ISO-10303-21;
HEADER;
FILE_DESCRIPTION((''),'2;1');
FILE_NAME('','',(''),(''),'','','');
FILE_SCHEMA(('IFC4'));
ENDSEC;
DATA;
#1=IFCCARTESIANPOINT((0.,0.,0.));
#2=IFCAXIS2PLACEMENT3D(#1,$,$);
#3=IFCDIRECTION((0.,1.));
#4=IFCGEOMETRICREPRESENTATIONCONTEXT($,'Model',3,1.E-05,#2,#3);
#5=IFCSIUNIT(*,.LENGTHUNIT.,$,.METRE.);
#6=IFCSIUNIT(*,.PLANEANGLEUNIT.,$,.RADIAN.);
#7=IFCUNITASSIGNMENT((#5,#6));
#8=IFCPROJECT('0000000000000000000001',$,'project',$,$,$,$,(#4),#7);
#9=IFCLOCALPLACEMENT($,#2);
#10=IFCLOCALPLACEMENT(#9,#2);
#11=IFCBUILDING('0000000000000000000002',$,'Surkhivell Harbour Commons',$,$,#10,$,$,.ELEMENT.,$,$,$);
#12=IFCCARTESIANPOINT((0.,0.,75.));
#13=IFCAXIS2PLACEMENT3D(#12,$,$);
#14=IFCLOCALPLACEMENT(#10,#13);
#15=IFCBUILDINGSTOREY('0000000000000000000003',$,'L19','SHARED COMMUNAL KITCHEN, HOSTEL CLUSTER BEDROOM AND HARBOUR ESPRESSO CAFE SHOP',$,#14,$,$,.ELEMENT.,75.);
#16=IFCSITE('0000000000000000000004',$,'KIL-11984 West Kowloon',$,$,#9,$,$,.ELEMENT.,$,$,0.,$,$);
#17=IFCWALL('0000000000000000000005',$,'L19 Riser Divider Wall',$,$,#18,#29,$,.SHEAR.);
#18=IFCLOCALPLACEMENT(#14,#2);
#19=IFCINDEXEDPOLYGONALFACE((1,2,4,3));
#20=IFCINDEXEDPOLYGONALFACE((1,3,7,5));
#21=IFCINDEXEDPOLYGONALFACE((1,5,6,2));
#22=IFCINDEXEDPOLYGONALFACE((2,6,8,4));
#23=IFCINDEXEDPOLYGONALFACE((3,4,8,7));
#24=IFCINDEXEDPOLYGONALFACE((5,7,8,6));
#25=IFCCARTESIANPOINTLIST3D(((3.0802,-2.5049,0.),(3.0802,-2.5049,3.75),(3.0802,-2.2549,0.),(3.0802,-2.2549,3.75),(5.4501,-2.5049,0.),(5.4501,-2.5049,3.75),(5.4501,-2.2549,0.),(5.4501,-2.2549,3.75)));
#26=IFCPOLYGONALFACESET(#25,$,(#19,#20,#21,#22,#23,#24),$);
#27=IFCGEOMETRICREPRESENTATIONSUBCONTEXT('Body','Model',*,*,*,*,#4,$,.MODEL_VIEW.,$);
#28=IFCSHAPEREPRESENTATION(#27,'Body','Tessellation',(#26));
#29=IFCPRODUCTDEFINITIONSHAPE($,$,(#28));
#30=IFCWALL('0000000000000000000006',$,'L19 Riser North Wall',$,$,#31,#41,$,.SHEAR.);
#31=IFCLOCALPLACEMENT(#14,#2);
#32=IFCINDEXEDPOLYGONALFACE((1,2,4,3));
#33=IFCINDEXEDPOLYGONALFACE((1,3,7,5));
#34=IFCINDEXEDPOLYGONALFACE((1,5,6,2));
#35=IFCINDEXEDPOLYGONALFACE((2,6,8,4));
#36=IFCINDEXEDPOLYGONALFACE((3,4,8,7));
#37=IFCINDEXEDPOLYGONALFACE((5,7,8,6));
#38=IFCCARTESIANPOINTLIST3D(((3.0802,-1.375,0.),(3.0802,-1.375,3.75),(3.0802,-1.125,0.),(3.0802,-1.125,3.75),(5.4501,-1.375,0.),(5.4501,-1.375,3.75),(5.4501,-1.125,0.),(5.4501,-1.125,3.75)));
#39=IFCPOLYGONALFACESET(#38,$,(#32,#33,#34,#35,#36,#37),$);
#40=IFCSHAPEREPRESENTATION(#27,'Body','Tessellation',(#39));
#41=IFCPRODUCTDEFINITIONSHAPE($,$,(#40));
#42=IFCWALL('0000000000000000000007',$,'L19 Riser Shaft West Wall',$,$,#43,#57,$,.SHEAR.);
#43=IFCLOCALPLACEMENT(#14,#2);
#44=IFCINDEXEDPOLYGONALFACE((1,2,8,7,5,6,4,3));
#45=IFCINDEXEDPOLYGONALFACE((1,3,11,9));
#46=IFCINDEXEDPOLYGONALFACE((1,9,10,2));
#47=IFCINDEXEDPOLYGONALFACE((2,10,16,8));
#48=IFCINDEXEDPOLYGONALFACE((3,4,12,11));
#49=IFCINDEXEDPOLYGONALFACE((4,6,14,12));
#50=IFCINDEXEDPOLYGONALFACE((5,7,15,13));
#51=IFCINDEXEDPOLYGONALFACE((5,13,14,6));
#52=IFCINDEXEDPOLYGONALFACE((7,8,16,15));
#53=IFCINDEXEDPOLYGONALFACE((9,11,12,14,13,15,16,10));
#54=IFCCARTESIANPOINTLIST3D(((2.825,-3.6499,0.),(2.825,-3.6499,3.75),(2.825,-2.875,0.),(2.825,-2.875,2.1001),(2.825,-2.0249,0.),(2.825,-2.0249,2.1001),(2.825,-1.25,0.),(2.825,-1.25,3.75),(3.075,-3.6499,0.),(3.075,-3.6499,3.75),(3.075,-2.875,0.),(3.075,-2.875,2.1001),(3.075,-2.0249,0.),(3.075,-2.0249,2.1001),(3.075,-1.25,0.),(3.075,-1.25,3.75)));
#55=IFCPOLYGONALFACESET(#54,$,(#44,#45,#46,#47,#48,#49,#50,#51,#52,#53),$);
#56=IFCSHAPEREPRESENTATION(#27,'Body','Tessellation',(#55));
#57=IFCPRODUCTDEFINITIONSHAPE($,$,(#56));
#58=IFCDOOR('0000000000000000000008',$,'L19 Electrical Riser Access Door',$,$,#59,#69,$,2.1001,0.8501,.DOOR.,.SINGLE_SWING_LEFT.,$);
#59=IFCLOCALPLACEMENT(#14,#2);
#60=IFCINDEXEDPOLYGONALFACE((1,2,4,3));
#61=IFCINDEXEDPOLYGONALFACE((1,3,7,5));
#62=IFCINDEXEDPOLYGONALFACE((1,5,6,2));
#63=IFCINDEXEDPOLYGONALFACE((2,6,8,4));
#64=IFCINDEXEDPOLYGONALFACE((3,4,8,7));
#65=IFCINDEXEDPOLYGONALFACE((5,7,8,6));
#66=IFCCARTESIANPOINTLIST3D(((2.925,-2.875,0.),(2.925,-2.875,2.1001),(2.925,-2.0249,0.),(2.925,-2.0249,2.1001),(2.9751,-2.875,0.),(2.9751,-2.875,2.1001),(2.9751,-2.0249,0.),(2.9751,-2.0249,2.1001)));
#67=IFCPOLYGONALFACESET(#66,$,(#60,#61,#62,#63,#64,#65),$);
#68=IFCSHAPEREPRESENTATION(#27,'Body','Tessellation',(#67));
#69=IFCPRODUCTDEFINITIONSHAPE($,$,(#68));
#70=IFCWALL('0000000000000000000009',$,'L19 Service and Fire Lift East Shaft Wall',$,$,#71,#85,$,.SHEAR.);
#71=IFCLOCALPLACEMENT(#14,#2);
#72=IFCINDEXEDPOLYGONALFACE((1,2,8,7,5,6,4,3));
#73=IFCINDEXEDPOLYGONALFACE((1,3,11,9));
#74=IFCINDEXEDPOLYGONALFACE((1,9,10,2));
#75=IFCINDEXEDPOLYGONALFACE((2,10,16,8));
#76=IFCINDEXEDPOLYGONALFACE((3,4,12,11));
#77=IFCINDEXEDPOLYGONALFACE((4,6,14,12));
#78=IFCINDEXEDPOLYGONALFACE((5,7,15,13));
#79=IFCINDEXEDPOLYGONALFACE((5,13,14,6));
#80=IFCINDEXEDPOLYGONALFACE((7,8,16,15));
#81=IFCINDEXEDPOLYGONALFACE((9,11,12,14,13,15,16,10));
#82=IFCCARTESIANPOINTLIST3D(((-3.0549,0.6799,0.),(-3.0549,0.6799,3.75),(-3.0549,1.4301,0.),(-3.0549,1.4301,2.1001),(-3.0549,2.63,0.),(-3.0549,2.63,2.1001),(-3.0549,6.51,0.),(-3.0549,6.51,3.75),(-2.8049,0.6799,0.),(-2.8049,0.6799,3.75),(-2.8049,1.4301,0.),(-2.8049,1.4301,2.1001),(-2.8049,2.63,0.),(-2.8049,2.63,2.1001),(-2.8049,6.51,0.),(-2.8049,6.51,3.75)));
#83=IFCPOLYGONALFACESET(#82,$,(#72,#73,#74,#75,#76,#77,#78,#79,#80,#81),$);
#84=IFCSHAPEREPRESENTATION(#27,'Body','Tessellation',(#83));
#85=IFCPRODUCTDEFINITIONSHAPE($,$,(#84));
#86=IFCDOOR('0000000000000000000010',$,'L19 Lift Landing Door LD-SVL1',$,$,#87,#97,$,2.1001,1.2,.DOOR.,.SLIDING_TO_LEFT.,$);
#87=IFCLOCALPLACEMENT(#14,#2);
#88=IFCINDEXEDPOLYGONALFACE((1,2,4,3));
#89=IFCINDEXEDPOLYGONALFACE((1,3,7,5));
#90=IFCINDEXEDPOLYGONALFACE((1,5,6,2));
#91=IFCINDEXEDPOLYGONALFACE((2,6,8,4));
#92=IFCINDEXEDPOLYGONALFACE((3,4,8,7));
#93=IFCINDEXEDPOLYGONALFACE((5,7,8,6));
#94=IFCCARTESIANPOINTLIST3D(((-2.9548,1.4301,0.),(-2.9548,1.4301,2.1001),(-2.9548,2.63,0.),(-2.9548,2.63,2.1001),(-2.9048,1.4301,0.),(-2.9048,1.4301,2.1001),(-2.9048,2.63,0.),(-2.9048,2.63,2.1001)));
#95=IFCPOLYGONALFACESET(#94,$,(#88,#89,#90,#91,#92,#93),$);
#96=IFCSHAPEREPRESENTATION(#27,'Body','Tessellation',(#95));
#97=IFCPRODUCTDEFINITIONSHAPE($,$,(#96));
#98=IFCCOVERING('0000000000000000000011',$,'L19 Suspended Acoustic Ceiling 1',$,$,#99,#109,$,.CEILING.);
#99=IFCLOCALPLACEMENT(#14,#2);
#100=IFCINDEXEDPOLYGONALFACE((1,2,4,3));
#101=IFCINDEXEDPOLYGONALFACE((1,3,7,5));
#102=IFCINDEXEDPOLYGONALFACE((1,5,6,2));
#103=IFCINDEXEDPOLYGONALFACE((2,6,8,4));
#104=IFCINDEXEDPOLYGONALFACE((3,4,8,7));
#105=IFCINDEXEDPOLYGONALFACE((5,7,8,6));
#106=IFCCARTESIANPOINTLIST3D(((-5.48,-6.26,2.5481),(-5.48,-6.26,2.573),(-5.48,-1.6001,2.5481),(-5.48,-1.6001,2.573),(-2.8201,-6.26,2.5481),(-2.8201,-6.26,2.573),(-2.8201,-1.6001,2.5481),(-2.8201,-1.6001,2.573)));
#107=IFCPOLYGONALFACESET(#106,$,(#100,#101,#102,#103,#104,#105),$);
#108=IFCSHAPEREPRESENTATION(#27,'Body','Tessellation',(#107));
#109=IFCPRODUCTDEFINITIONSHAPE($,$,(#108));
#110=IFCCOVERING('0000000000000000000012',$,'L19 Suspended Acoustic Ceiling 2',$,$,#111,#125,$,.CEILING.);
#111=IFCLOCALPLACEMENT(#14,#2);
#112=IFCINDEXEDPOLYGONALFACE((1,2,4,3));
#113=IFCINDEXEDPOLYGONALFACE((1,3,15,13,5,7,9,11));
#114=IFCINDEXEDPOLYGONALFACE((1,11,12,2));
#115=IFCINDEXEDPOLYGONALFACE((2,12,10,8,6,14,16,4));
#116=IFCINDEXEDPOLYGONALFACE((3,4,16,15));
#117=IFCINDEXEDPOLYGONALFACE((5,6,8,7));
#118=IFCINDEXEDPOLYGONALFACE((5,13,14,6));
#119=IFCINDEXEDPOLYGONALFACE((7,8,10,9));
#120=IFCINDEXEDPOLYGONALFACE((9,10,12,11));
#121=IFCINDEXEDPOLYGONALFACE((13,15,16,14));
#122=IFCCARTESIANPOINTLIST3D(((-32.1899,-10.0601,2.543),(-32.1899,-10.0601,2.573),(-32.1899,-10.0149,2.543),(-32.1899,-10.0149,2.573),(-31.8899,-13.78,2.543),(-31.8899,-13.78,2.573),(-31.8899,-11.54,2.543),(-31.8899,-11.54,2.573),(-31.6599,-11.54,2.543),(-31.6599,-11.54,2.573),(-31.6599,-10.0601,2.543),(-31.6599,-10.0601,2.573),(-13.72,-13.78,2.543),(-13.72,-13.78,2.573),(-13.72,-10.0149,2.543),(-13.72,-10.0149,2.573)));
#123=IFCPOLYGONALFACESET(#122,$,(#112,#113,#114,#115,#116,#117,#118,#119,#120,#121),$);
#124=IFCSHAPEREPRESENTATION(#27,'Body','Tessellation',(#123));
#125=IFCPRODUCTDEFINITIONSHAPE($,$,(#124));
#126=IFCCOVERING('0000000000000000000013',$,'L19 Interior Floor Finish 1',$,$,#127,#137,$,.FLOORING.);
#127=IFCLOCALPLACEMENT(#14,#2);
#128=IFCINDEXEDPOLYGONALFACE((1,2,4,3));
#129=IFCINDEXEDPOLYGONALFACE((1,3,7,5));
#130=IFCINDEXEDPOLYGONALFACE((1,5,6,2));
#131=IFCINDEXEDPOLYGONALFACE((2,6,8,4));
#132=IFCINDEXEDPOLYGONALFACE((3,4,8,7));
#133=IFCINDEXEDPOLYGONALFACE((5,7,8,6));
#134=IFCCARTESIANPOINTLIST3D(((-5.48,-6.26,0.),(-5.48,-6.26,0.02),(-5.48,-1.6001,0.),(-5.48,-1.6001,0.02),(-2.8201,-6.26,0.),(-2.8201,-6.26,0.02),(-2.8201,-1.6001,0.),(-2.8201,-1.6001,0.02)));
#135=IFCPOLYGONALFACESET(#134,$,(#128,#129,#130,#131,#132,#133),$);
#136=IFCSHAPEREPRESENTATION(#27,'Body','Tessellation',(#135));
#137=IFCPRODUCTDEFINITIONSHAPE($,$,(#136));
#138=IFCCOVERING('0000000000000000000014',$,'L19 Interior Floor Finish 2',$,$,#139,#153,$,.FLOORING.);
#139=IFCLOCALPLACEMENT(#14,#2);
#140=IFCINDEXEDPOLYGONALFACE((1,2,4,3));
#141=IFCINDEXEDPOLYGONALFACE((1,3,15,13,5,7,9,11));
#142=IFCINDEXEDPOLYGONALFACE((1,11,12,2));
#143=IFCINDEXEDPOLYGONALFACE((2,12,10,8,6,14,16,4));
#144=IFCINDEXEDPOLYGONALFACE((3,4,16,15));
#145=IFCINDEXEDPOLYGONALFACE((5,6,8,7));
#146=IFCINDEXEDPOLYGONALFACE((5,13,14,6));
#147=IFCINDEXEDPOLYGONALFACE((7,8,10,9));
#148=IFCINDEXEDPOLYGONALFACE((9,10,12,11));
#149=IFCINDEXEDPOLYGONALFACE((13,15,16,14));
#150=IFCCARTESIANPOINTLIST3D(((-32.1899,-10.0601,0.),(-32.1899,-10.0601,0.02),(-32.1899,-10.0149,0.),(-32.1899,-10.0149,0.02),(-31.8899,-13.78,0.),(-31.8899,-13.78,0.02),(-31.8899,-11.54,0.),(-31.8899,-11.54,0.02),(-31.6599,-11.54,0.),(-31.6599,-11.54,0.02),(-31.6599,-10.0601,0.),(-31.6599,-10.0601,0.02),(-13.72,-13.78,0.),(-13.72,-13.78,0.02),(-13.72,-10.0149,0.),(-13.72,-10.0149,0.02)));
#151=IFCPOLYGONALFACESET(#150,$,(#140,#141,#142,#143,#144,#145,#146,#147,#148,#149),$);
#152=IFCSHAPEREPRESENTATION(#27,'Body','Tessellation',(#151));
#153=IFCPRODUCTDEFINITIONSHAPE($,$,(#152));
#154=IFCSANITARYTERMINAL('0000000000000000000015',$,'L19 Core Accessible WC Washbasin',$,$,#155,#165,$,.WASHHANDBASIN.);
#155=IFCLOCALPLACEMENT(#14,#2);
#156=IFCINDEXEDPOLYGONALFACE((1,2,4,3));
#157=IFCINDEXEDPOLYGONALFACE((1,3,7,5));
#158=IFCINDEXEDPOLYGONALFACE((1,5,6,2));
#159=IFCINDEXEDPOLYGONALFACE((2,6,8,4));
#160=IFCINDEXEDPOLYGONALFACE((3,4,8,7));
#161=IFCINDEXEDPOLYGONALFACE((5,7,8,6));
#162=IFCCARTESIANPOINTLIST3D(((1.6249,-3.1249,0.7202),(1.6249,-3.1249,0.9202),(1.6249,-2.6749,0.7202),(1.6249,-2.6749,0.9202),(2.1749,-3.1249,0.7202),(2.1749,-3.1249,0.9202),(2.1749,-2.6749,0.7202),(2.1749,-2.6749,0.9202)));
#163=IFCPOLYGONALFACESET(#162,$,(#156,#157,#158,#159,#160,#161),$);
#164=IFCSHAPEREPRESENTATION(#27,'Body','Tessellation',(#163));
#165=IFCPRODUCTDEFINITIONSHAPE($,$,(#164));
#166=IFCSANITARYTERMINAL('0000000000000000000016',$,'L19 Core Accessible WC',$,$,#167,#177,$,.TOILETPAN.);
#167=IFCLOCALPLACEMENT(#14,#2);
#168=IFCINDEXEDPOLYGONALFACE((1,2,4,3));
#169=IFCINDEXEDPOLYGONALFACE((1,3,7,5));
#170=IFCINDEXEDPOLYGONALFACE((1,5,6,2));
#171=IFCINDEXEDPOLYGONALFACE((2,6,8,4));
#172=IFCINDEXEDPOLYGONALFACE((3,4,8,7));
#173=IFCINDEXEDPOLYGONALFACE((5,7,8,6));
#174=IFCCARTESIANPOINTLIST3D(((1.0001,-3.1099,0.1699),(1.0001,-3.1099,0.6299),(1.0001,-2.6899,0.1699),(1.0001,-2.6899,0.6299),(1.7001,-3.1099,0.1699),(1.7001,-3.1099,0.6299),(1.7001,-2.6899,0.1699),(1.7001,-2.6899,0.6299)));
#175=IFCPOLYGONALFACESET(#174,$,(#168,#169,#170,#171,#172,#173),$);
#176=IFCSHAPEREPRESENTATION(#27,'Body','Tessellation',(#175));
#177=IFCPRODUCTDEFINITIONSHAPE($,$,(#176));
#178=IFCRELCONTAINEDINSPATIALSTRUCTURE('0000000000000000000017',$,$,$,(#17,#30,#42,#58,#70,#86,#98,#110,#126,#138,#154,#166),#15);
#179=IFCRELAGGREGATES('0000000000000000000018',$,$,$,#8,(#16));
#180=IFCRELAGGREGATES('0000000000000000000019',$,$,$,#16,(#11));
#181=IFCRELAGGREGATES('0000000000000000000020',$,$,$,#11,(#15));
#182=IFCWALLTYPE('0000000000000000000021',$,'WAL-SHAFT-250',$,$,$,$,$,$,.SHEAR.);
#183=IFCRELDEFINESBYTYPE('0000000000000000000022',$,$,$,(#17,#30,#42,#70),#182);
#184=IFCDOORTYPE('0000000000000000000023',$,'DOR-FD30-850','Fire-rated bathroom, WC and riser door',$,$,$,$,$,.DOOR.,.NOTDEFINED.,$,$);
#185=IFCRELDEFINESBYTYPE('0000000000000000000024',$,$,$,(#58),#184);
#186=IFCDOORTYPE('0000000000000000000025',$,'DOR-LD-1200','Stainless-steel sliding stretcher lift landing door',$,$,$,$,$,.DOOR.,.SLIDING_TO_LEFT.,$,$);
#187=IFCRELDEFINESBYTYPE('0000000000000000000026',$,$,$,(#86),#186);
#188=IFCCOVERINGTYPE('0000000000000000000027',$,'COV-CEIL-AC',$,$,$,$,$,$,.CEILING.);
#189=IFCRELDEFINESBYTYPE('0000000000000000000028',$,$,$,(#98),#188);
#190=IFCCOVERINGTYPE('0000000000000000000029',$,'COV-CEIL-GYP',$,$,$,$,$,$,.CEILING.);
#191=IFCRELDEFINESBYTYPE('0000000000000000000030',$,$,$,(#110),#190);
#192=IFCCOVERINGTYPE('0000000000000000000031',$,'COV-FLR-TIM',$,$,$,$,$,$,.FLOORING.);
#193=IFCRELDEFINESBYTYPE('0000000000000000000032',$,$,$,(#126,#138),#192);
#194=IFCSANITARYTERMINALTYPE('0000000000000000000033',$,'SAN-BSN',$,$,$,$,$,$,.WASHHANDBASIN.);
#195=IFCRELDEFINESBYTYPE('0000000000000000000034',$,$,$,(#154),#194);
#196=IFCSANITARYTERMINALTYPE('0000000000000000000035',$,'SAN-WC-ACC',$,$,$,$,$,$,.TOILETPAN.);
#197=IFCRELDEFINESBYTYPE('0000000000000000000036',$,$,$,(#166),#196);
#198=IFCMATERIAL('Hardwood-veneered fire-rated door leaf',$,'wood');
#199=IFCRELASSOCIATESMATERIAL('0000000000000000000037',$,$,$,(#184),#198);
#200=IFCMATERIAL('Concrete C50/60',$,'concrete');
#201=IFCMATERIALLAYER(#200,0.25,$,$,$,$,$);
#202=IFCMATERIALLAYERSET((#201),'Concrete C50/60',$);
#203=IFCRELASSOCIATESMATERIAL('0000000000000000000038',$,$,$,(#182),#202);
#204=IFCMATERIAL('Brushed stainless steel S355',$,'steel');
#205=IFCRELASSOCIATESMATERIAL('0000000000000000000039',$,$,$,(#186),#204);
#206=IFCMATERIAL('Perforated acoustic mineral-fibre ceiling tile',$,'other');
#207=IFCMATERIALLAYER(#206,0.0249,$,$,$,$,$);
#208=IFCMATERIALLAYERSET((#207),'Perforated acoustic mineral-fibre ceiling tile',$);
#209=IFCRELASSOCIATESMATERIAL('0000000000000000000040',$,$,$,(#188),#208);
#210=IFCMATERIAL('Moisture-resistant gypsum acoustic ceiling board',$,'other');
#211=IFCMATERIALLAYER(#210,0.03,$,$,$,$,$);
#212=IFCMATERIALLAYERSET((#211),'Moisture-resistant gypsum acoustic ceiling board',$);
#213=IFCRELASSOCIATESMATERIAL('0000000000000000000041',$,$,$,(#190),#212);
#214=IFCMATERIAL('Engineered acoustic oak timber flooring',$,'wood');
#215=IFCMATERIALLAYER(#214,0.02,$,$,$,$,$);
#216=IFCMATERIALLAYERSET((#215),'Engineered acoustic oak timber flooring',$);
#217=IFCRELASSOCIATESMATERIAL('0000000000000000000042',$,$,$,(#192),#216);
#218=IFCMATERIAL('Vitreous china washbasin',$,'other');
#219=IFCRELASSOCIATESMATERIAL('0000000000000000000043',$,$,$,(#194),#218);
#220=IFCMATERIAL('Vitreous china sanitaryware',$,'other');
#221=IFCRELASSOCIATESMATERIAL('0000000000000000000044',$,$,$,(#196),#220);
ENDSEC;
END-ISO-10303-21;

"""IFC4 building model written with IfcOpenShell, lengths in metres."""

from ifc_helpers import new_model, si_unit, direction, frame, frame_2d, origin, origin_2d, place, context, subcontext, project, spatial, polyline, rectangle, outline, extrude, material, layer, layer_set, type_object, element, fill, save


model = new_model("IFC4")

# Units and contexts
model_context = context("Model", 3, precision=1e-05, world=origin(), true_north=direction((0.0, 1.0)))
body_context = subcontext(model_context, "Body", "Model", "MODEL_VIEW")
ifc_project = project(units=[si_unit("LENGTHUNIT", "METRE"), si_unit("PLANEANGLEUNIT", "RADIAN")], contexts=[model_context])

# Site, building, storey
site_placement = place(None, origin())
site = spatial("IfcSite", under=ifc_project, at=site_placement, Name="KIL-11984 West Kowloon", CompositionType="ELEMENT", RefElevation=0.0)
building_placement = place(site_placement, origin())
building = spatial("IfcBuilding", under=site, at=building_placement, Name="Surkhivell Harbour Commons", CompositionType="ELEMENT")
storey_placement = place(building_placement, frame((0.0, 0.0, 75.0)))
storey = spatial("IfcBuildingStorey", under=building, at=storey_placement, Name="L19", Description="SHARED COMMUNAL KITCHEN, HOSTEL CLUSTER BEDROOM AND HARBOUR ESPRESSO CAFE SHOP", CompositionType="ELEMENT", Elevation=75.0)

# Shared definitions
ifc_material_1 = material(Name="Hardwood-veneered fire-rated door leaf", Category="wood")
door_type_1 = type_object("IfcDoorType", Name="DOR-FD30-850", Description="Fire-rated bathroom, WC and riser door", OperationType="NOTDEFINED", PredefinedType="DOOR", material=ifc_material_1)

# Walls
ifc_material_2 = material(Name="Concrete C50/60", Category="concrete")
ifc_layer_1 = layer(ifc_material_2, 0.25)
ifc_layer_set_1 = layer_set([ifc_layer_1], Name="Concrete C50/60")
wall_type_1 = type_object("IfcWallType", Name="WAL-SHAFT-250", PredefinedType="SHEAR", material=ifc_layer_set_1)
for number, where, z_axis, x_axis, name in (
    (1, (3.0801, -2.3799, 0.0), (0.0, 0.0, 1.0), (1.0, 0.0, 0.0), "L19 Riser Divider Wall"),
    (2, (3.0801, -1.25, 0.0), (0.0, 0.0, 1.0), (1.0, 0.0, 0.0), "L19 Riser North Wall"),
):
    element("IfcWall", number, at=place(storey_placement, frame(where, z_axis=z_axis, x_axis=x_axis)), inside=storey, type_object=wall_type_1, Name=name, PredefinedType="SHEAR", context=body_context, shape_type="SweptSolid", body=[
        extrude(rectangle(XDim=2.3699, YDim=0.25, at=frame_2d((1.1851, 0.0))), origin(), (0.0, 0.0, 1.0), 3.75),
    ])

# Walls, openings, doors
wall_1_placement = place(storey_placement, frame((2.95, -3.6499, 0.0), z_axis=(0.0, 0.0, 1.0), x_axis=(0.0, 1.0, 0.0)))
wall_1 = element("IfcWall", 3, at=wall_1_placement, inside=storey, type_object=wall_type_1, Name="L19 Riser Shaft West Wall", PredefinedType="SHEAR", context=body_context, shape_type="SweptSolid", body=[
    extrude(rectangle(XDim=2.3999, YDim=0.25, at=frame_2d((1.2, 0.0))), origin(), (0.0, 0.0, 1.0), 3.75),
])
opening_1_placement = place(wall_1_placement, frame((0.7749, 0.0, 0.0)))
opening_1 = element("IfcOpeningElement", 4, at=opening_1_placement, cuts=wall_1, PredefinedType="OPENING", context=body_context, shape_type="SweptSolid", body=[
    extrude(rectangle(XDim=0.8501, YDim=2.1001, at=frame_2d((0.425, 1.05))), frame((0.0, 0.135, 0.0), z_axis=(0.0, -1.0, 0.0), x_axis=(1.0, 0.0, 0.0)), (0.0, 0.0, 1.0), 0.27),
])
door_1_placement = place(opening_1_placement, origin())
door_1 = element("IfcDoor", 5, at=door_1_placement, inside=storey, type_object=door_type_1, Name="L19 Electrical Riser Access Door", OperationType="SINGLE_SWING_LEFT", OverallHeight=2.1001, OverallWidth=0.8501, PredefinedType="DOOR", context=body_context, shape_type="SweptSolid", body=[
    extrude(rectangle(XDim=0.8501, YDim=2.1001, at=frame_2d((0.425, 1.05))), frame((0.0, 0.0249, 0.0), z_axis=(0.0, -1.0, 0.0), x_axis=(1.0, 0.0, 0.0)), (0.0, 0.0, 1.0), 0.05),
])
fill(opening_1, door_1)
wall_2_placement = place(storey_placement, frame((-2.9299, 0.6799, 0.0), z_axis=(0.0, 0.0, 1.0), x_axis=(0.0, 1.0, 0.0)))
wall_2 = element("IfcWall", 6, at=wall_2_placement, inside=storey, type_object=wall_type_1, Name="L19 Service and Fire Lift East Shaft Wall", PredefinedType="SHEAR", context=body_context, shape_type="SweptSolid", body=[
    extrude(rectangle(XDim=5.8301, YDim=0.25, at=frame_2d((2.915, 0.0))), origin(), (0.0, 0.0, 1.0), 3.75),
])
opening_2_placement = place(wall_2_placement, frame((0.75, 0.0, 0.0)))
opening_2 = element("IfcOpeningElement", 7, at=opening_2_placement, cuts=wall_2, PredefinedType="OPENING", context=body_context, shape_type="SweptSolid", body=[
    extrude(rectangle(XDim=1.2, YDim=2.1001, at=frame_2d((0.6001, 1.05))), frame((0.0, 0.135, 0.0), z_axis=(0.0, -1.0, 0.0), x_axis=(1.0, 0.0, 0.0)), (0.0, 0.0, 1.0), 0.27),
])
ifc_material_3 = material(Name="Brushed stainless steel S355", Category="steel")
door_type_2 = type_object("IfcDoorType", Name="DOR-LD-1200", Description="Stainless-steel sliding stretcher lift landing door", OperationType="SLIDING_TO_LEFT", PredefinedType="DOOR", material=ifc_material_3)
door_2_placement = place(opening_2_placement, origin())
door_2 = element("IfcDoor", 8, at=door_2_placement, inside=storey, type_object=door_type_2, Name="L19 Lift Landing Door LD-SVL1", OperationType="SLIDING_TO_LEFT", OverallHeight=2.1001, OverallWidth=1.2, PredefinedType="DOOR", context=body_context, shape_type="SweptSolid", body=[
    extrude(rectangle(XDim=1.2, YDim=2.1001, at=frame_2d((0.6001, 1.05))), frame((0.0, 0.0249, 0.0), z_axis=(0.0, -1.0, 0.0), x_axis=(1.0, 0.0, 0.0)), (0.0, 0.0, 1.0), 0.05),
])
fill(opening_2, door_2)

# Coverings
ifc_material_4 = material(Name="Perforated acoustic mineral-fibre ceiling tile", Category="other")
ifc_layer_2 = layer(ifc_material_4, 0.0249)
ifc_layer_set_2 = layer_set([ifc_layer_2], Name="Perforated acoustic mineral-fibre ceiling tile")
covering_type_1 = type_object("IfcCoveringType", Name="COV-CEIL-AC", PredefinedType="CEILING", material=ifc_layer_set_2)
covering_1_placement = place(storey_placement, frame((0.0, 0.0, 2.5481)))
element("IfcCovering", 9, at=covering_1_placement, inside=storey, type_object=covering_type_1, Name="L19 Suspended Acoustic Ceiling 1", PredefinedType="CEILING", context=body_context, shape_type="SweptSolid", body=[
    extrude(outline(polyline([(-5.48, -6.26), (-2.8201, -6.26), (-2.8201, -1.6001), (-5.48, -1.6001), (-5.48, -6.26)])), origin(), (0.0, 0.0, 1.0), 0.0249),
])
ifc_material_5 = material(Name="Moisture-resistant gypsum acoustic ceiling board", Category="other")
ifc_layer_3 = layer(ifc_material_5, 0.03)
ifc_layer_set_3 = layer_set([ifc_layer_3], Name="Moisture-resistant gypsum acoustic ceiling board")
covering_type_2 = type_object("IfcCoveringType", Name="COV-CEIL-GYP", PredefinedType="CEILING", material=ifc_layer_set_3)
covering_2_placement = place(storey_placement, frame((0.0, 0.0, 2.543)))
element("IfcCovering", 10, at=covering_2_placement, inside=storey, type_object=covering_type_2, Name="L19 Suspended Acoustic Ceiling 2", PredefinedType="CEILING", context=body_context, shape_type="SweptSolid", body=[
    extrude(outline(polyline([(-13.72, -13.78), (-13.72, -10.0149), (-32.1899, -10.0149), (-32.1899, -10.0601), (-31.6599, -10.0601), (-31.6599, -11.54), (-31.8899, -11.54), (-31.8899, -13.78), (-13.72, -13.78)])), origin(), (0.0, 0.0, 1.0), 0.03),
])
ifc_material_6 = material(Name="Engineered acoustic oak timber flooring", Category="wood")
ifc_layer_4 = layer(ifc_material_6, 0.02)
ifc_layer_set_4 = layer_set([ifc_layer_4], Name="Engineered acoustic oak timber flooring")
covering_type_3 = type_object("IfcCoveringType", Name="COV-FLR-TIM", PredefinedType="FLOORING", material=ifc_layer_set_4)
covering_3_placement = place(storey_placement, origin())
element("IfcCovering", 11, at=covering_3_placement, inside=storey, type_object=covering_type_3, Name="L19 Interior Floor Finish 1", PredefinedType="FLOORING", context=body_context, shape_type="SweptSolid", body=[
    extrude(outline(polyline([(-5.48, -6.26), (-2.8201, -6.26), (-2.8201, -1.6001), (-5.48, -1.6001), (-5.48, -6.26)])), origin(), (0.0, 0.0, 1.0), 0.02),
])
covering_4_placement = place(storey_placement, origin())
element("IfcCovering", 12, at=covering_4_placement, inside=storey, type_object=covering_type_3, Name="L19 Interior Floor Finish 2", PredefinedType="FLOORING", context=body_context, shape_type="SweptSolid", body=[
    extrude(outline(polyline([(-13.72, -13.78), (-13.72, -10.0149), (-32.1899, -10.0149), (-32.1899, -10.0601), (-31.6599, -10.0601), (-31.6599, -11.54), (-31.8899, -11.54), (-31.8899, -13.78), (-13.72, -13.78)])), origin(), (0.0, 0.0, 1.0), 0.02),
])

# Sanitary terminals
ifc_material_7 = material(Name="Vitreous china washbasin", Category="other")
sanitary_terminal_type_1 = type_object("IfcSanitaryTerminalType", Name="SAN-BSN", PredefinedType="WASHHANDBASIN", material=ifc_material_7)
sanitary_terminal_1_placement = place(storey_placement, frame((1.8999, -2.8999, 0.7202), z_axis=(0.0, 0.0, 1.0), x_axis=(1.0, 0.0, 0.0)))
element("IfcSanitaryTerminal", 13, at=sanitary_terminal_1_placement, inside=storey, type_object=sanitary_terminal_type_1, Name="L19 Core Accessible WC Washbasin", PredefinedType="WASHHANDBASIN", context=body_context, shape_type="SweptSolid", body=[
    extrude(rectangle(XDim=0.55, YDim=0.45, at=origin_2d()), origin(), (0.0, 0.0, 1.0), 0.2),
])
ifc_material_8 = material(Name="Vitreous china sanitaryware", Category="other")
sanitary_terminal_type_2 = type_object("IfcSanitaryTerminalType", Name="SAN-WC-ACC", PredefinedType="TOILETPAN", material=ifc_material_8)
sanitary_terminal_2_placement = place(storey_placement, frame((1.3501, -2.8999, 0.1699), z_axis=(0.0, 0.0, 1.0), x_axis=(1.0, 0.0, 0.0)))
element("IfcSanitaryTerminal", 14, at=sanitary_terminal_2_placement, inside=storey, type_object=sanitary_terminal_type_2, Name="L19 Core Accessible WC", PredefinedType="TOILETPAN", context=body_context, shape_type="SweptSolid", body=[
    extrude(rectangle(XDim=0.7, YDim=0.4199, at=origin_2d()), origin(), (0.0, 0.0, 1.0), 0.46),
])

save(model, "model.ifc")
